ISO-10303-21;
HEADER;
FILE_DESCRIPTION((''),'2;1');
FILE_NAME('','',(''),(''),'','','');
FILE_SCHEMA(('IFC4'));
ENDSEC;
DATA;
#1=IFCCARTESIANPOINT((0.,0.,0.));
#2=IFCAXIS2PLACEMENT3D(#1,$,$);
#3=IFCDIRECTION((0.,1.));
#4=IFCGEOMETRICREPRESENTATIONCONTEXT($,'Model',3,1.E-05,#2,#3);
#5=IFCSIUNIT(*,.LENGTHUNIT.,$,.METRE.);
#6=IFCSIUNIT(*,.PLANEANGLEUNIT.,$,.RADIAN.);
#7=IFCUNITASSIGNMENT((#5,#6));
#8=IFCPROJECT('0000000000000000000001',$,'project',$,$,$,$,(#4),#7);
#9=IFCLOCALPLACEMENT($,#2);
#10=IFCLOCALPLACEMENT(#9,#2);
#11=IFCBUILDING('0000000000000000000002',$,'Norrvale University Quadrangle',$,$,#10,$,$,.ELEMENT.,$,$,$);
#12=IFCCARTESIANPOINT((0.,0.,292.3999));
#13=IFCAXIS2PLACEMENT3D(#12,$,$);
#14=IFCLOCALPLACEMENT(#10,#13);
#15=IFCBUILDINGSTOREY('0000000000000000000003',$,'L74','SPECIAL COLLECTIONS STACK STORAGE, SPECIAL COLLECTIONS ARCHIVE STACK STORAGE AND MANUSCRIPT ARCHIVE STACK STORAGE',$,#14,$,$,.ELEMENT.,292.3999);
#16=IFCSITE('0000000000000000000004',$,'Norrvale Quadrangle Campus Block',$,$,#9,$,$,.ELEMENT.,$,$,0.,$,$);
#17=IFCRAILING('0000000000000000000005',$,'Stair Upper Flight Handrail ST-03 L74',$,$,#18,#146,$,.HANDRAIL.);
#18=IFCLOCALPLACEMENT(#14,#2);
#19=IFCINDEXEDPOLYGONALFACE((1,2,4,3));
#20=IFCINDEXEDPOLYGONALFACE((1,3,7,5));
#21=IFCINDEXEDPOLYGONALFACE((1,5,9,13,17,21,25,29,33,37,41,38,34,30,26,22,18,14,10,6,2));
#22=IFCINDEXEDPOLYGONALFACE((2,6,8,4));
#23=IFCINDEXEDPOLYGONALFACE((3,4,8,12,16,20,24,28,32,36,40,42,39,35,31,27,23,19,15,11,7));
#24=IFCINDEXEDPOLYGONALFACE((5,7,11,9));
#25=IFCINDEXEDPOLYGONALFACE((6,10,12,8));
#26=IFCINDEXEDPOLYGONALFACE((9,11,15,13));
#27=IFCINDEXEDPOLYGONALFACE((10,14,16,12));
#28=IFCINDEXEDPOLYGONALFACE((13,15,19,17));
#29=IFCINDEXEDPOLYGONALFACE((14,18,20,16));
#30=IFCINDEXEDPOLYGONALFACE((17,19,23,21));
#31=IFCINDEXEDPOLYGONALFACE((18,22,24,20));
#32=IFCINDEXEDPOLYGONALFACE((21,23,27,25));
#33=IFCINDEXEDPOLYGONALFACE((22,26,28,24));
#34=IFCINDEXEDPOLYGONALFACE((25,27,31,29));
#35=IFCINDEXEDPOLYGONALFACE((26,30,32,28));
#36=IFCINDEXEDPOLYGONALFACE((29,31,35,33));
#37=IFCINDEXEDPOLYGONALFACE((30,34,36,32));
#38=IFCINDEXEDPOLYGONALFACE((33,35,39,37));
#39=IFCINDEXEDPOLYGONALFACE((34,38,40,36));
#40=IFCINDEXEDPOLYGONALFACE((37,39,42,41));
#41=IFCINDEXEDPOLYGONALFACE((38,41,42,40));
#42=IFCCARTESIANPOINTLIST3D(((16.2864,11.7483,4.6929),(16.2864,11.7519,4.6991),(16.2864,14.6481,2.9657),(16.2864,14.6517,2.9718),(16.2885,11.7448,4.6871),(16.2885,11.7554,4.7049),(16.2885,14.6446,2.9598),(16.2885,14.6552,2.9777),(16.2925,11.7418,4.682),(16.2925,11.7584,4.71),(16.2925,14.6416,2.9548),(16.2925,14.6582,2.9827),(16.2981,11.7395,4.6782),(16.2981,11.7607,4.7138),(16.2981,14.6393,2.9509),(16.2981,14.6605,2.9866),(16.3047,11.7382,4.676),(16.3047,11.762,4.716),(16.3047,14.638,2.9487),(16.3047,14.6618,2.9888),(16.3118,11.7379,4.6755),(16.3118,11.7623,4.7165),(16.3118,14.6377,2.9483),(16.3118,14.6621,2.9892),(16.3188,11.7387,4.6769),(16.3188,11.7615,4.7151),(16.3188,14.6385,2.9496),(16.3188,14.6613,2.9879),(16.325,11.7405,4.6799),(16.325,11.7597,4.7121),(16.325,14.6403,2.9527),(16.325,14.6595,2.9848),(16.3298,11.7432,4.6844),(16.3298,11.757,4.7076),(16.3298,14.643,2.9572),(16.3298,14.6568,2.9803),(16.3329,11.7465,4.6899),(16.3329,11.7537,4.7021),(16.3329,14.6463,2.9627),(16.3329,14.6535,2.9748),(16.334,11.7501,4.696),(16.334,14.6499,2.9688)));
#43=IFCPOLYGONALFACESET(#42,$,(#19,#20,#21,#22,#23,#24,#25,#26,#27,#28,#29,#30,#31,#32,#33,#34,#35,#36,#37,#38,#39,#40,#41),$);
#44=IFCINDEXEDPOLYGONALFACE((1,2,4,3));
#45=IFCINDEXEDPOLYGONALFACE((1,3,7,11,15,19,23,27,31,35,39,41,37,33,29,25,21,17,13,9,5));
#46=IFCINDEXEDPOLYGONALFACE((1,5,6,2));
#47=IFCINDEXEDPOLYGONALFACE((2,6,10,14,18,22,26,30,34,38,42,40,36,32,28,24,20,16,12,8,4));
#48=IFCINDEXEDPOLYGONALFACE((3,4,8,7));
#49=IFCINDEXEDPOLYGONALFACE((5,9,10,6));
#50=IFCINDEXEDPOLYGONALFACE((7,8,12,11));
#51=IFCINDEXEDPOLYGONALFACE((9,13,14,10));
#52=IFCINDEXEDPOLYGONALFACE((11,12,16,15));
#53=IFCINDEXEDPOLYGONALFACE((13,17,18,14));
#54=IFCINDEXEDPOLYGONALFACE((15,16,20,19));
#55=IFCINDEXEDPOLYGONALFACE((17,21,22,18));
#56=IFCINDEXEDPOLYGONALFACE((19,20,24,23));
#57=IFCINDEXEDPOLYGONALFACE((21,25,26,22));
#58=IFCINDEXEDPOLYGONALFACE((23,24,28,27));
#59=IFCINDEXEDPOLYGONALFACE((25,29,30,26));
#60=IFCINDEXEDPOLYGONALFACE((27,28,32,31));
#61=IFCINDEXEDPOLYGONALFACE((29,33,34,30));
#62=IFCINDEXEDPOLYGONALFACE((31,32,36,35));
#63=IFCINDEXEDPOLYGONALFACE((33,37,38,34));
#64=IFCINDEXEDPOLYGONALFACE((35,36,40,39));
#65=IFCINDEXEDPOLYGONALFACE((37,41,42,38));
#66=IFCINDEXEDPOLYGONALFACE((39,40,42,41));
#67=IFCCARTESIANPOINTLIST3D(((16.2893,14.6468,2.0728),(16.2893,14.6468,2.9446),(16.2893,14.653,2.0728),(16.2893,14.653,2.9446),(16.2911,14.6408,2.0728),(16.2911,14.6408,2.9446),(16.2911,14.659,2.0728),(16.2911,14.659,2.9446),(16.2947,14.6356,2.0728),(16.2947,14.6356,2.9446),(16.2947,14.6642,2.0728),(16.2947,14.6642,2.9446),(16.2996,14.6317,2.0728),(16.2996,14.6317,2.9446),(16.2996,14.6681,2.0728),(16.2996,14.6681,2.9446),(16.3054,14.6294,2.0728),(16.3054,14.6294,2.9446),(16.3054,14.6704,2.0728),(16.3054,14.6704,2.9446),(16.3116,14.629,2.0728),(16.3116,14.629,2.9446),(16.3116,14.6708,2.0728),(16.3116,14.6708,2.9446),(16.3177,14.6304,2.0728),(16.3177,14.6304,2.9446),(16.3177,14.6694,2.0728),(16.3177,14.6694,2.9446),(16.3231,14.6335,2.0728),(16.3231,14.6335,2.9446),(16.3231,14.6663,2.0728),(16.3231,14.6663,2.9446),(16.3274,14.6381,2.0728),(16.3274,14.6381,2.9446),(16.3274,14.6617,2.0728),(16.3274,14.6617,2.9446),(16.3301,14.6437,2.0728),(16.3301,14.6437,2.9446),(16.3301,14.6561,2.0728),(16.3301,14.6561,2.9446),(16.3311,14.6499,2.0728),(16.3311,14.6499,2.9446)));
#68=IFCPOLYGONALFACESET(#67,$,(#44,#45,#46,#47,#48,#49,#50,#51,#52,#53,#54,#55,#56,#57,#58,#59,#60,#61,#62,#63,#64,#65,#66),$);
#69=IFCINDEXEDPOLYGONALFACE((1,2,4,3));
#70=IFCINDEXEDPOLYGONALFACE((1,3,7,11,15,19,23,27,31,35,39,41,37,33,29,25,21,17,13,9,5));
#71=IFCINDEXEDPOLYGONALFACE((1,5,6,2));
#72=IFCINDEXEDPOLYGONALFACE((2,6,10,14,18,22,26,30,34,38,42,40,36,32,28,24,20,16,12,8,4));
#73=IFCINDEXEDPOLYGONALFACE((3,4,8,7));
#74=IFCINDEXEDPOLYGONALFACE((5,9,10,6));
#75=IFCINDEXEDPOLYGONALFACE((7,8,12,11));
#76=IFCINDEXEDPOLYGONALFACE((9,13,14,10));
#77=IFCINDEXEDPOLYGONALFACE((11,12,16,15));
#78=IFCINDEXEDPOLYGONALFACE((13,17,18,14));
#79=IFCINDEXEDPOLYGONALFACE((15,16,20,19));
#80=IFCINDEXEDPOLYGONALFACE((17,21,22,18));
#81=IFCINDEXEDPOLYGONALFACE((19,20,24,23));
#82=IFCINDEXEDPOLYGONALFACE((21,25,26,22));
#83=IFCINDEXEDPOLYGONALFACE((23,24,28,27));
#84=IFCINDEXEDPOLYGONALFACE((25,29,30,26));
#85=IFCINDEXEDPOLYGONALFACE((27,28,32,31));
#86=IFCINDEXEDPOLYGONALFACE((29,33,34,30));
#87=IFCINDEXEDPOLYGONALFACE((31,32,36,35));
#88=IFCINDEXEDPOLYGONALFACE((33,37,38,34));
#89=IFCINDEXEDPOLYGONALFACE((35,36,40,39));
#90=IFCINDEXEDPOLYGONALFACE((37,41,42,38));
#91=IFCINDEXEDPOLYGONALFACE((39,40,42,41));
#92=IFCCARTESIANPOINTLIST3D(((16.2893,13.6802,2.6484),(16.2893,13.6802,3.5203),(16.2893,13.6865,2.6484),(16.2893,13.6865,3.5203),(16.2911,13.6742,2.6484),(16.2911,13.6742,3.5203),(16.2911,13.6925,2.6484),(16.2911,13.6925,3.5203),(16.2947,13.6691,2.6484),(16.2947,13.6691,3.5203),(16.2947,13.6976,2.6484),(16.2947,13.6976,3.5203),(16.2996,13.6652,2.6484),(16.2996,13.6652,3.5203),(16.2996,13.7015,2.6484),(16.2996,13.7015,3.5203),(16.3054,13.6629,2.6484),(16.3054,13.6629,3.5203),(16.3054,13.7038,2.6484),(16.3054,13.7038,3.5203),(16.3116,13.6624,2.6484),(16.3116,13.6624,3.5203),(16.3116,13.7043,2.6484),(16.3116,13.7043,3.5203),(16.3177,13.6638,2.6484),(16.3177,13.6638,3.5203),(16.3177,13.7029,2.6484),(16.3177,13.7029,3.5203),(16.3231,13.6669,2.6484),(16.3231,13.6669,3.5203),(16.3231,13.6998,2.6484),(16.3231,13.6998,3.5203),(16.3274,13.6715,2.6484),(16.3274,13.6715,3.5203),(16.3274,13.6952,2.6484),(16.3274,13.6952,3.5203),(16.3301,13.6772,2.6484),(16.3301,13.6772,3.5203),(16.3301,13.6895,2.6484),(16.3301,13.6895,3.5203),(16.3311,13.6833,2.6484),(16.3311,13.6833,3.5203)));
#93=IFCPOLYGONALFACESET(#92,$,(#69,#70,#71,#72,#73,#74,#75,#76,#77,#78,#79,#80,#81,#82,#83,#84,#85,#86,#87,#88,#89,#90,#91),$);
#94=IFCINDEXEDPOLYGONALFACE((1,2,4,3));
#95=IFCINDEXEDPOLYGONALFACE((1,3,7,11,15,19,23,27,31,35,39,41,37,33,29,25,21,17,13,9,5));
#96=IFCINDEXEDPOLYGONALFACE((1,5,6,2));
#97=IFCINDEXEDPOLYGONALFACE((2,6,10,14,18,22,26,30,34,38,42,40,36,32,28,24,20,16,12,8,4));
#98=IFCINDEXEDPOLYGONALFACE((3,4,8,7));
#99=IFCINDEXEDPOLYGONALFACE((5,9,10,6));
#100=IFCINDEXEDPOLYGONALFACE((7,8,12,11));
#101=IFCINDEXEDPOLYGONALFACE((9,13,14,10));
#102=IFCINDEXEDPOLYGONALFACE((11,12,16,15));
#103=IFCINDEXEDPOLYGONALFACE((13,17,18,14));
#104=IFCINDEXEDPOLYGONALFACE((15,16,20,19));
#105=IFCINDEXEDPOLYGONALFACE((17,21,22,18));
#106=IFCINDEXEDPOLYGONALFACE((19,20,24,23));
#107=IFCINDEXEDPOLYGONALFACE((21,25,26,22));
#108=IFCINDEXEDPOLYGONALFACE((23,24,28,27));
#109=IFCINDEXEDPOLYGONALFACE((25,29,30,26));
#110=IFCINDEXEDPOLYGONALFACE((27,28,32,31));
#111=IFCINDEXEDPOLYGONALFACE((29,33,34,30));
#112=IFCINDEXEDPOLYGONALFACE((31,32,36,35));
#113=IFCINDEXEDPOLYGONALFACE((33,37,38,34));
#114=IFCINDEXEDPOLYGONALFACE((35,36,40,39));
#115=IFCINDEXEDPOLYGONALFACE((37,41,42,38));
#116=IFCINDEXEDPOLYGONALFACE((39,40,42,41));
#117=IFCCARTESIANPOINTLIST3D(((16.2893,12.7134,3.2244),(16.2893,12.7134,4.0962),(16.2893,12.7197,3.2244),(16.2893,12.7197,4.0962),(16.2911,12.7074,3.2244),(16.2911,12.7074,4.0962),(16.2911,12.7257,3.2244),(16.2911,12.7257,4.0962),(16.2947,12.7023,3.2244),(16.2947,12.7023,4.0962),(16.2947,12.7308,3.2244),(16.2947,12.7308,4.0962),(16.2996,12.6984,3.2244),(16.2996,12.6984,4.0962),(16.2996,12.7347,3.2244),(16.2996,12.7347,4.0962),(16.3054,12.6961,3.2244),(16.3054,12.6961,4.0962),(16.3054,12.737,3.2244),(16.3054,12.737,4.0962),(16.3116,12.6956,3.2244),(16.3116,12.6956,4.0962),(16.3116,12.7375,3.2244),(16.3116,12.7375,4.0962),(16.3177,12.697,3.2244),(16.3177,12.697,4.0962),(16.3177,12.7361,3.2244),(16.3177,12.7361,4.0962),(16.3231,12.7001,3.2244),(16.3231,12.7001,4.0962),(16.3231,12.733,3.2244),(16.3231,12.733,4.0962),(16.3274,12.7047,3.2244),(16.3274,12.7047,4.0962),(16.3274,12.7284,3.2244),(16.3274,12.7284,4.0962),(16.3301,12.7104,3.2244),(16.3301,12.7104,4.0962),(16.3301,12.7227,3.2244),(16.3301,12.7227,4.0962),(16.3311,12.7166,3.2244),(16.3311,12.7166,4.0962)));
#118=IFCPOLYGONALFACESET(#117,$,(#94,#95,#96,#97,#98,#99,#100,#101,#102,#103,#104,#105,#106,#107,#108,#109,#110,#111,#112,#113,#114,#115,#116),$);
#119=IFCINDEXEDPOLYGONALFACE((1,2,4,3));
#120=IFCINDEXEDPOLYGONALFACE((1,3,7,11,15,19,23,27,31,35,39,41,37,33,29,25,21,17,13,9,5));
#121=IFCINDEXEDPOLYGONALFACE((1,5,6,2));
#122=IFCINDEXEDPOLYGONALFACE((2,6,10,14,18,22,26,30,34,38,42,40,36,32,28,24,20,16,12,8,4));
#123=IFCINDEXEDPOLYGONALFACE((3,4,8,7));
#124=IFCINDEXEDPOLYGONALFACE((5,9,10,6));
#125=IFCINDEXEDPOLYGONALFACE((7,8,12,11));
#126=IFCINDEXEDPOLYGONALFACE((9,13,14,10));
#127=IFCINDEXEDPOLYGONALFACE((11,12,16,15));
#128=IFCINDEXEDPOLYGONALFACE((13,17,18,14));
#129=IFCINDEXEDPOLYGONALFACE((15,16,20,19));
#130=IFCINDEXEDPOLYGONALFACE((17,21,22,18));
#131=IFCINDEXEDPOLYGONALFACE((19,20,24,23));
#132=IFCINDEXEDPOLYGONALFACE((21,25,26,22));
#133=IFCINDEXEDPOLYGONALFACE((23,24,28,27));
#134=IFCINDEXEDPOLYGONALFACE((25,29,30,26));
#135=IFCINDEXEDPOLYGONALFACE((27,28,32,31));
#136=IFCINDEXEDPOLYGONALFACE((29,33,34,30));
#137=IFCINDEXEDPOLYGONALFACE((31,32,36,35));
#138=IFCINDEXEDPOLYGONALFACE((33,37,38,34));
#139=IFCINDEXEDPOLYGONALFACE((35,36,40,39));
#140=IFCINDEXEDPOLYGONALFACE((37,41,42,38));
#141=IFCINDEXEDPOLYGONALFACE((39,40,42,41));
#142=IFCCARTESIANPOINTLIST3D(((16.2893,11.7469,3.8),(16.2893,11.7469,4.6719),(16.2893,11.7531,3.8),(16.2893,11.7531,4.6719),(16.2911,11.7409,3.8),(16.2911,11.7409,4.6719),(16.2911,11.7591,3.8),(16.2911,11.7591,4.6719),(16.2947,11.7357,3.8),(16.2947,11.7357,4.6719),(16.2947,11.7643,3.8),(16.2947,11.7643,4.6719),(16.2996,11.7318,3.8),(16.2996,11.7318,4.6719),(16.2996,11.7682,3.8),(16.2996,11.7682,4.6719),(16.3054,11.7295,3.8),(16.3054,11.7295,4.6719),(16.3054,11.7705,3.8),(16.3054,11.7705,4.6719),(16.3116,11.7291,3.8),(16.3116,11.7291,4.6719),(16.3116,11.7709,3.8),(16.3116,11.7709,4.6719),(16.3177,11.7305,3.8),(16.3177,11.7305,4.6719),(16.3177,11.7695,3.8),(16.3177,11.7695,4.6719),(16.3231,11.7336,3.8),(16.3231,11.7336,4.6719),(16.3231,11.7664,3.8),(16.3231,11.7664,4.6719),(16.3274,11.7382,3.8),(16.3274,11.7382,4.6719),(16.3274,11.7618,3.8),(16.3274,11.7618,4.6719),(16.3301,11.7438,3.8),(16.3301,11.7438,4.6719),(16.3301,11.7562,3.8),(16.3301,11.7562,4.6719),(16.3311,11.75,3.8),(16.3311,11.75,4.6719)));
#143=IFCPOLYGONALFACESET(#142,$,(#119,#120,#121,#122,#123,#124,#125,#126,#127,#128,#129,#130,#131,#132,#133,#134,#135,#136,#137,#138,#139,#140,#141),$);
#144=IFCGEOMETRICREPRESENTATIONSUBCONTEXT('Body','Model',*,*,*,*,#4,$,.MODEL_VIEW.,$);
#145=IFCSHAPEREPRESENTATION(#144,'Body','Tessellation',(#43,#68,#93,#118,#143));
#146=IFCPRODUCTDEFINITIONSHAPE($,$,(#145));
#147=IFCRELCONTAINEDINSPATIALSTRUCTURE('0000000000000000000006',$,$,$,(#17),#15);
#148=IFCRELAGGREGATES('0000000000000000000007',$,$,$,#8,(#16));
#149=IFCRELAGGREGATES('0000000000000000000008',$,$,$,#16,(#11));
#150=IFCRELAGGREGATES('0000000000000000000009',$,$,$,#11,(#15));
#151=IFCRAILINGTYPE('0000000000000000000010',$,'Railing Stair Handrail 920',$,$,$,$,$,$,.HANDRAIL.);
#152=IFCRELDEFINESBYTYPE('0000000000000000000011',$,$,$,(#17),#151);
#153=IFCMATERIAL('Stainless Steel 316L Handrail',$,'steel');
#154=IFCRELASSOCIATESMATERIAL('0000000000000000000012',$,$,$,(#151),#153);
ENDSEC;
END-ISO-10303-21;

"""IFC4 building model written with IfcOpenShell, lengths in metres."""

from ifc_helpers import new_model, si_unit, direction, frame, origin, origin_2d, place, context, subcontext, project, spatial, circle, extrude, material, type_object, element, save


model = new_model("IFC4")

# Units and contexts
model_context = context("Model", 3, precision=1e-05, world=origin(), true_north=direction((0.0, 1.0)))
body_context = subcontext(model_context, "Body", "Model", "MODEL_VIEW")
ifc_project = project(units=[si_unit("LENGTHUNIT", "METRE"), si_unit("PLANEANGLEUNIT", "RADIAN")], contexts=[model_context])

# Site, building, storey
site_placement = place(None, origin())
site = spatial("IfcSite", under=ifc_project, at=site_placement, Name="Norrvale Quadrangle Campus Block", CompositionType="ELEMENT", RefElevation=0.0)
building_placement = place(site_placement, origin())
building = spatial("IfcBuilding", under=site, at=building_placement, Name="Norrvale University Quadrangle", CompositionType="ELEMENT")
storey_placement = place(building_placement, frame((0.0, 0.0, 292.3999)))
storey = spatial("IfcBuildingStorey", under=building, at=storey_placement, Name="L74", Description="SPECIAL COLLECTIONS STACK STORAGE, SPECIAL COLLECTIONS ARCHIVE STACK STORAGE AND MANUSCRIPT ARCHIVE STACK STORAGE", CompositionType="ELEMENT", Elevation=292.3999)

# Railing
ifc_material_1 = material(Name="Stainless Steel 316L Handrail", Category="steel")
railing_type_1 = type_object("IfcRailingType", Name="Railing Stair Handrail 920", PredefinedType="HANDRAIL", material=ifc_material_1)
railing_1_placement = place(storey_placement, frame((16.3101, 14.6499, 2.0728)))
element("IfcRailing", 1, at=railing_1_placement, inside=storey, type_object=railing_type_1, Name="Stair Upper Flight Handrail ST-03 L74", PredefinedType="HANDRAIL", context=body_context, shape_type="SweptSolid", body=[
    extrude(circle(Radius=0.0239, at=origin_2d()), frame((0.0, 0.0, 0.896), z_axis=(0.0, -0.859141, 0.511738), x_axis=(1.0, 0.0, 0.0)), (0.0, 0.0, 1.0), 3.3752),
    extrude(circle(Radius=0.021, at=origin_2d()), origin(), (0.0, 0.0, 1.0), 0.8718),
    extrude(circle(Radius=0.021, at=origin_2d()), frame((0.0, -0.9666, 0.5757)), (0.0, 0.0, 1.0), 0.8718),
    extrude(circle(Radius=0.021, at=origin_2d()), frame((0.0, -1.9333, 1.1516)), (0.0, 0.0, 1.0), 0.8718),
    extrude(circle(Radius=0.021, at=origin_2d()), frame((0.0, -2.8999, 1.7273)), (0.0, 0.0, 1.0), 0.8718),
])

save(model, "model.ifc")
